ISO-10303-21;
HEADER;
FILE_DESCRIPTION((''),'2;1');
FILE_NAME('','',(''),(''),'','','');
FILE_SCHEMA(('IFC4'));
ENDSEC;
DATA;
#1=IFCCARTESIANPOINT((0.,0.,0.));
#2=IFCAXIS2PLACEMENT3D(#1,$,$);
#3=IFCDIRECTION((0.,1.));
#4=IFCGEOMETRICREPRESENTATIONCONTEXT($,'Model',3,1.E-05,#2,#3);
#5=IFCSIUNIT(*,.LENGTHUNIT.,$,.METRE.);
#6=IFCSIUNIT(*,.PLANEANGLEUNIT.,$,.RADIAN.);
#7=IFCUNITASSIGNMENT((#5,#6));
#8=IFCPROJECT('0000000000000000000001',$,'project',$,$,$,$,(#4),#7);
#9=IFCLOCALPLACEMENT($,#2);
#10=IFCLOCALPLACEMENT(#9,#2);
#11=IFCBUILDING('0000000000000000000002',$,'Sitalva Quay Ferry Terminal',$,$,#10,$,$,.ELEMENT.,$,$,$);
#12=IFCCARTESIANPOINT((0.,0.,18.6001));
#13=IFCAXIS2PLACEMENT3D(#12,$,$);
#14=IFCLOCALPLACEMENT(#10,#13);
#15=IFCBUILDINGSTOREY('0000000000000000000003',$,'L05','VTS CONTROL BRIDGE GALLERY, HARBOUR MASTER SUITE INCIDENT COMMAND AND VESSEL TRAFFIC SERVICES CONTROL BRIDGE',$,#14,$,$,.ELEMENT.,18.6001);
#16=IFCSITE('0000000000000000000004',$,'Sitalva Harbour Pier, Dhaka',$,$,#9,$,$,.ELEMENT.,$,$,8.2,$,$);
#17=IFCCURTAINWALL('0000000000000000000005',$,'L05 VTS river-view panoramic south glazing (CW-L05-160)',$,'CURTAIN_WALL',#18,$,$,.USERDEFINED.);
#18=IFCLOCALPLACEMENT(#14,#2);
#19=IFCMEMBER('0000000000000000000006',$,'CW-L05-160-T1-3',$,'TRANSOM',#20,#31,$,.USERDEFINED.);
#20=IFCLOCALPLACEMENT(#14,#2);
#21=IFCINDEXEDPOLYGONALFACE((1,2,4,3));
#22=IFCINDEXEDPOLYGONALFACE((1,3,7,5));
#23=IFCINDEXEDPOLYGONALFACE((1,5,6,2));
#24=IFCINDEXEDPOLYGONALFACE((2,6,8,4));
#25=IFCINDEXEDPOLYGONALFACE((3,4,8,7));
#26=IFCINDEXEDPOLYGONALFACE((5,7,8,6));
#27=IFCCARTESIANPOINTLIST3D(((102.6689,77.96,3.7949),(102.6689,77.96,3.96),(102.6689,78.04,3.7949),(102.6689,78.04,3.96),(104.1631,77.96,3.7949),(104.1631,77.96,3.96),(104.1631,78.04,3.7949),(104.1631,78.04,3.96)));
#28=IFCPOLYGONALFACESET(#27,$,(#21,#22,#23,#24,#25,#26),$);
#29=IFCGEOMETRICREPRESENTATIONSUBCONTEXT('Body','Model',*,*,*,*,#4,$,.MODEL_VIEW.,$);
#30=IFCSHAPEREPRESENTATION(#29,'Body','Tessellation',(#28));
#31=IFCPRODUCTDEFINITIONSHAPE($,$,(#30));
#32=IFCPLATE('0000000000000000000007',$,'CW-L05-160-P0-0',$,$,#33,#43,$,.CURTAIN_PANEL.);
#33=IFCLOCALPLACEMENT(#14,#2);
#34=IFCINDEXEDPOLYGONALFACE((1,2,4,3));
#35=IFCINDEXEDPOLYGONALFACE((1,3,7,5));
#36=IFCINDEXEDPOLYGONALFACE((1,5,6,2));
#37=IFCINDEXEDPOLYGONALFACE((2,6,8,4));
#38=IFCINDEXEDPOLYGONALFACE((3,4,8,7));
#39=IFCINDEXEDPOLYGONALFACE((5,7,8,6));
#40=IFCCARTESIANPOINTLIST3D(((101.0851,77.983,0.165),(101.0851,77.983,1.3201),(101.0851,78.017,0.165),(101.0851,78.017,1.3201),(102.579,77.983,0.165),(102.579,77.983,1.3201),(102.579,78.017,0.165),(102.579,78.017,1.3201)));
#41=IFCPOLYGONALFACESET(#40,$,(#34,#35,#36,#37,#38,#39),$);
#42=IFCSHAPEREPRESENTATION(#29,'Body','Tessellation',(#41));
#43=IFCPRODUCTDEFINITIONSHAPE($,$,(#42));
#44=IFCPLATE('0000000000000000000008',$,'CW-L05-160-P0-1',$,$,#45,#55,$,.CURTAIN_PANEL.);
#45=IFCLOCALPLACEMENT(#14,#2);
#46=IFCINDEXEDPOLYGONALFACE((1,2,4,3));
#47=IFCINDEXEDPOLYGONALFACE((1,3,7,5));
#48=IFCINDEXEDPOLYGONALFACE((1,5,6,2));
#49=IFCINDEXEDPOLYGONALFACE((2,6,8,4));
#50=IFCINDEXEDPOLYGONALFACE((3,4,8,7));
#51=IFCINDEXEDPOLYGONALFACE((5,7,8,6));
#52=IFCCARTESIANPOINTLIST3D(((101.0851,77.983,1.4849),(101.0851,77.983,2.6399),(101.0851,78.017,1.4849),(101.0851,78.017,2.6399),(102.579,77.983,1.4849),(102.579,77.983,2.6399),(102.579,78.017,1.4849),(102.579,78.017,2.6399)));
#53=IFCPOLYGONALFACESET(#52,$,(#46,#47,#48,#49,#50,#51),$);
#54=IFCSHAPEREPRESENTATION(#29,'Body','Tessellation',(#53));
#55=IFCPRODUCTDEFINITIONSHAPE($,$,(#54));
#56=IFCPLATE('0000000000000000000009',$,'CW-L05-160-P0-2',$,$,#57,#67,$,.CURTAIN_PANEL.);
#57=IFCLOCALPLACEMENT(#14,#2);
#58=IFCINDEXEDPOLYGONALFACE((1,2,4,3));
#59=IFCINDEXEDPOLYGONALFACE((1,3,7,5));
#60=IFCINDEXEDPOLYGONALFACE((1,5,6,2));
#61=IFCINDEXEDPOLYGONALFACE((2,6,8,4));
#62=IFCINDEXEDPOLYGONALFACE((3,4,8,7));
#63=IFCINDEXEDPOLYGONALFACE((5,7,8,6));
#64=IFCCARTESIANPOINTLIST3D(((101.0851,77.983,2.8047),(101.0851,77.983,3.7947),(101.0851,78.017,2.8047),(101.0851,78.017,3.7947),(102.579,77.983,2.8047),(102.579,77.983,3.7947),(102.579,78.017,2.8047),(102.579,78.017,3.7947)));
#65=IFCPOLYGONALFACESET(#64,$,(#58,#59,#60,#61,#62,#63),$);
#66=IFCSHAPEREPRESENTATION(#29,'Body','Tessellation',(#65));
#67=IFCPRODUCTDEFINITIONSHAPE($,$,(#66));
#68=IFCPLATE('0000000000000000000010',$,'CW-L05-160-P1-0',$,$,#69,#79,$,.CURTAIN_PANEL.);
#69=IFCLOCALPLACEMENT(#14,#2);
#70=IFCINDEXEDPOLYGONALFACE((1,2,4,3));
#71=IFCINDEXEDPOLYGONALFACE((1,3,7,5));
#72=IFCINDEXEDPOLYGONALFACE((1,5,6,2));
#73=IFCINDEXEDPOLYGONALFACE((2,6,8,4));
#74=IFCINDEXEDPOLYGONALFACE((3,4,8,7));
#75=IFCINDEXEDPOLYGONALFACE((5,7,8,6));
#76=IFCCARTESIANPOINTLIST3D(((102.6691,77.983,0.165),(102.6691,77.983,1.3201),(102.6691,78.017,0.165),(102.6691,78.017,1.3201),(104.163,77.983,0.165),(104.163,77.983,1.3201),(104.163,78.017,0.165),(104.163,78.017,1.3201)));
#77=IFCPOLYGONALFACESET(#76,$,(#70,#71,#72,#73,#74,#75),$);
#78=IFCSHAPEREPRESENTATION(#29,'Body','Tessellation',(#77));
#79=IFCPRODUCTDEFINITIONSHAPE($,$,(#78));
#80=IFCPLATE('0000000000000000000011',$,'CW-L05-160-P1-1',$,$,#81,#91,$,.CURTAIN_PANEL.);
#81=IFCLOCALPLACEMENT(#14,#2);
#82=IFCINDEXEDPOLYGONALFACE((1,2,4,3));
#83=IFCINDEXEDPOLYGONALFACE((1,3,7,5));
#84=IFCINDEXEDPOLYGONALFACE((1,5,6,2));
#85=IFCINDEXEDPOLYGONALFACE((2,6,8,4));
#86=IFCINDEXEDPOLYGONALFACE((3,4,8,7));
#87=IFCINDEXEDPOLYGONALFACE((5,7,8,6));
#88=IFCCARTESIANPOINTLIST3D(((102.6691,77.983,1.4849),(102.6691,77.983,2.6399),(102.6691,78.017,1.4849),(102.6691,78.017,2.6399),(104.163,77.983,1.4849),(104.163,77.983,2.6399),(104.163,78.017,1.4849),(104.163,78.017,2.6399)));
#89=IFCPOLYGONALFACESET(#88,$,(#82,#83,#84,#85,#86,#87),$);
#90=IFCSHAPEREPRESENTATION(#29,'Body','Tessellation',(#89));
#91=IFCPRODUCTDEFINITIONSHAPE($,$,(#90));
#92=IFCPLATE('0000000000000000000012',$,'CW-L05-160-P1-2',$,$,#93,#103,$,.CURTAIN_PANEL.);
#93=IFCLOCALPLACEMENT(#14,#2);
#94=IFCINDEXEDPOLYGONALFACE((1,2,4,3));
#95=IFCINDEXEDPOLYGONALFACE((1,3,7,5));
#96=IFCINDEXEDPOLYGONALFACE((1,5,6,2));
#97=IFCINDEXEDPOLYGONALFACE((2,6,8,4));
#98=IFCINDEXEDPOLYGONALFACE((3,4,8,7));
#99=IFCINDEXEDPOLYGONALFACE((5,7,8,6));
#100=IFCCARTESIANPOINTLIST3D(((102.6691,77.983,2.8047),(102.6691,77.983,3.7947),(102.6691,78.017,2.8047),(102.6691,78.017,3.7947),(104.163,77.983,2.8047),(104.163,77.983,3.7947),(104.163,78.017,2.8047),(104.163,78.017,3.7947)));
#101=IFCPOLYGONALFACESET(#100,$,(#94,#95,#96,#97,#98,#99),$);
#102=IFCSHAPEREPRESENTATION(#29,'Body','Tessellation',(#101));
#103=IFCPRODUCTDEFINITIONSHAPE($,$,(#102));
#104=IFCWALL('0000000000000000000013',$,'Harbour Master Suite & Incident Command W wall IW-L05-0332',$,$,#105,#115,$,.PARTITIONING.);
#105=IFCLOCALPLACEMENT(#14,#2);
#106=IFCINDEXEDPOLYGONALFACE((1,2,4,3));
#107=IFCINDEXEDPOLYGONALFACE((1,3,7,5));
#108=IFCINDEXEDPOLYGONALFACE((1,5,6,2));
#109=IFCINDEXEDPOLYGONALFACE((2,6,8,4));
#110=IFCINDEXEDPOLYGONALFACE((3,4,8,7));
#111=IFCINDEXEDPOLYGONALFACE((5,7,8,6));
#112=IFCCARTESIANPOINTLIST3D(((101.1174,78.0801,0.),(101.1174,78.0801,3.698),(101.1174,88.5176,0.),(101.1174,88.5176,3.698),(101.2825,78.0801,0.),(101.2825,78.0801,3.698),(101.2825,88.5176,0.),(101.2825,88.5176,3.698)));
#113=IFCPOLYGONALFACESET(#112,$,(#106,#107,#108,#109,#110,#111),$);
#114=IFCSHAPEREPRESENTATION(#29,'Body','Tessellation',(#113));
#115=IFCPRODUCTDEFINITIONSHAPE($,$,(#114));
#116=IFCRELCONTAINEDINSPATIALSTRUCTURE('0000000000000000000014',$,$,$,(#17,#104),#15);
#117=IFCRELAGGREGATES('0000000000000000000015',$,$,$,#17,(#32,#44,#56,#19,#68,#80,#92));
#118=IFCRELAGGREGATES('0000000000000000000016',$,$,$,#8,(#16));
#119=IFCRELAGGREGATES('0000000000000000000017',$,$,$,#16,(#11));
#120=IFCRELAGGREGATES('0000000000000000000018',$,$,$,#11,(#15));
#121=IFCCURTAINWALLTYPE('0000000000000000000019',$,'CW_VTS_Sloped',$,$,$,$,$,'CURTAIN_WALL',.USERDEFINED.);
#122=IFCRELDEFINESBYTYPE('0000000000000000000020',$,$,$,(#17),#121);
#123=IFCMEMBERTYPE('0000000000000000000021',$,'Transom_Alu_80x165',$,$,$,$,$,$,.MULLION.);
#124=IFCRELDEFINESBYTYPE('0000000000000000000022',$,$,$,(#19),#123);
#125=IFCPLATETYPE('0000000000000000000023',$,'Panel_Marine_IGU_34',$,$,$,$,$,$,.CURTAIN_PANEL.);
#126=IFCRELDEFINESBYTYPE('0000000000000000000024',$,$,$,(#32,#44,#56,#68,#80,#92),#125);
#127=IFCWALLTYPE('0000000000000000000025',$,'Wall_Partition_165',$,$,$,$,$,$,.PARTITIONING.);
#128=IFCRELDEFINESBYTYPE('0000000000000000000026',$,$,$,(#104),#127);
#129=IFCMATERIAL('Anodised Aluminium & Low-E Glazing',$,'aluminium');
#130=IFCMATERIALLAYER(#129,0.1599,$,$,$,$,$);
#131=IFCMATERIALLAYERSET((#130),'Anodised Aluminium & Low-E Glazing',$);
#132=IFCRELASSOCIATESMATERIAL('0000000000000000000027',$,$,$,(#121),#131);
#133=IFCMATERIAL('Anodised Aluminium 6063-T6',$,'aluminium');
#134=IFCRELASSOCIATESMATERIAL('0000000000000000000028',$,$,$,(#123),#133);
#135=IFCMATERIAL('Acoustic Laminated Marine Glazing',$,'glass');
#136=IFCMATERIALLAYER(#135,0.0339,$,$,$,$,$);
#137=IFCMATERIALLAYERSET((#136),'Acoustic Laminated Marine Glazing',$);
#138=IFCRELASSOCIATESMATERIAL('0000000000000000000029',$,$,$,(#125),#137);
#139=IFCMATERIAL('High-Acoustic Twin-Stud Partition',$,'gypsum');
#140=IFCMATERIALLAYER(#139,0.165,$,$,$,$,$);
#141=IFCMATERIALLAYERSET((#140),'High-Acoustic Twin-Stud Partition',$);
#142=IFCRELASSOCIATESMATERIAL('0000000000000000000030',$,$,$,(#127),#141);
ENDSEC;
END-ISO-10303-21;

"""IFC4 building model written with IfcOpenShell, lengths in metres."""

from ifc_helpers import new_model, si_unit, direction, frame, frame_2d, origin, origin_2d, place, context, subcontext, project, spatial, rectangle, extrude, material, layer, layer_set, material_profile, profile_set, type_object, element, aggregate, save


model = new_model("IFC4")

# Units and contexts
model_context = context("Model", 3, precision=1e-05, world=origin(), true_north=direction((0.0, 1.0)))
body_context = subcontext(model_context, "Body", "Model", "MODEL_VIEW")
ifc_project = project(units=[si_unit("LENGTHUNIT", "METRE"), si_unit("PLANEANGLEUNIT", "RADIAN")], contexts=[model_context])

# Site, building, storey
site_placement = place(None, origin())
site = spatial("IfcSite", under=ifc_project, at=site_placement, Name="Sitalva Harbour Pier, Dhaka", CompositionType="ELEMENT", RefElevation=8.2)
building_placement = place(site_placement, origin())
building = spatial("IfcBuilding", under=site, at=building_placement, Name="Sitalva Quay Ferry Terminal", CompositionType="ELEMENT")
storey_placement = place(building_placement, frame((0.0, 0.0, 18.6001)))
storey = spatial("IfcBuildingStorey", under=building, at=storey_placement, Name="L05", Description="VTS CONTROL BRIDGE GALLERY, HARBOUR MASTER SUITE INCIDENT COMMAND AND VESSEL TRAFFIC SERVICES CONTROL BRIDGE", CompositionType="ELEMENT", Elevation=18.6001)

# Shared definitions
ifc_material_1 = material(Name="Anodised Aluminium & Low-E Glazing", Category="aluminium")
ifc_layer_1 = layer(ifc_material_1, 0.1599)
ifc_layer_set_1 = layer_set([ifc_layer_1], Name="Anodised Aluminium & Low-E Glazing")
curtain_wall_type = type_object("IfcCurtainWallType", Name="CW_VTS_Sloped", ElementType="CURTAIN_WALL", PredefinedType="USERDEFINED", material=ifc_layer_set_1)

# Curtain wall, member, plates
curtain_wall_1_placement = place(storey_placement, origin())
curtain_wall_1 = element("IfcCurtainWall", 1, at=curtain_wall_1_placement, inside=storey, type_object=curtain_wall_type, Name="L05 VTS river-view panoramic south glazing (CW-L05-160)", ObjectType="CURTAIN_WALL", PredefinedType="USERDEFINED")
ifc_material_2 = material(Name="Anodised Aluminium 6063-T6", Category="aluminium")
ifc_material_profile_1 = material_profile(ifc_material_2, rectangle(XDim=0.0801, YDim=0.165, at=origin_2d()), Name="ALU80x165")
ifc_profile_set_1 = profile_set([ifc_material_profile_1], Name="Anodised Aluminium 6063-T6")
member_type_1 = type_object("IfcMemberType", Name="Transom_Alu_80x165", PredefinedType="MULLION", material=ifc_profile_set_1)
member_1_placement = place(storey_placement, frame((102.6689, 78.0, 3.8774), z_axis=(1.0, 0.0, 0.0), x_axis=(0.0, 1.0, 0.0)))
member_1 = element("IfcMember", 2, at=member_1_placement, type_object=member_type_1, Name="CW-L05-160-T1-3", ObjectType="TRANSOM", PredefinedType="USERDEFINED", context=body_context, shape_type="SweptSolid", body=[
    extrude(rectangle(XDim=0.0801, YDim=0.165, at=origin_2d()), origin(), (0.0, 0.0, 1.0), 1.4941),
])
ifc_material_3 = material(Name="Acoustic Laminated Marine Glazing", Category="glass")
ifc_layer_2 = layer(ifc_material_3, 0.0339)
ifc_layer_set_2 = layer_set([ifc_layer_2], Name="Acoustic Laminated Marine Glazing")
plate_type = type_object("IfcPlateType", Name="Panel_Marine_IGU_34", PredefinedType="CURTAIN_PANEL", material=ifc_layer_set_2)
plate_1_placement = place(storey_placement, frame((101.832, 78.0, 0.165), z_axis=(0.0, 0.0, 1.0), x_axis=(1.0, 0.0, 0.0)))
plate_1 = element("IfcPlate", 3, at=plate_1_placement, type_object=plate_type, Name="CW-L05-160-P0-0", PredefinedType="CURTAIN_PANEL", context=body_context, shape_type="SweptSolid", body=[
    extrude(rectangle(XDim=1.4939, YDim=0.0339, at=origin_2d()), origin(), (0.0, 0.0, 1.0), 1.155),
])
plate_2_placement = place(storey_placement, frame((101.832, 78.0, 1.4849), z_axis=(0.0, 0.0, 1.0), x_axis=(1.0, 0.0, 0.0)))
plate_2 = element("IfcPlate", 4, at=plate_2_placement, type_object=plate_type, Name="CW-L05-160-P0-1", PredefinedType="CURTAIN_PANEL", context=body_context, shape_type="SweptSolid", body=[
    extrude(rectangle(XDim=1.4939, YDim=0.0339, at=origin_2d()), origin(), (0.0, 0.0, 1.0), 1.155),
])
plate_3_placement = place(storey_placement, frame((101.832, 78.0, 2.8047), z_axis=(0.0, 0.0, 1.0), x_axis=(1.0, 0.0, 0.0)))
plate_3 = element("IfcPlate", 5, at=plate_3_placement, type_object=plate_type, Name="CW-L05-160-P0-2", PredefinedType="CURTAIN_PANEL", context=body_context, shape_type="SweptSolid", body=[
    extrude(rectangle(XDim=1.4939, YDim=0.0339, at=origin_2d()), origin(), (0.0, 0.0, 1.0), 0.99),
])
plate_4_placement = place(storey_placement, frame((103.416, 78.0, 0.165), z_axis=(0.0, 0.0, 1.0), x_axis=(1.0, 0.0, 0.0)))
plate_4 = element("IfcPlate", 6, at=plate_4_placement, type_object=plate_type, Name="CW-L05-160-P1-0", PredefinedType="CURTAIN_PANEL", context=body_context, shape_type="SweptSolid", body=[
    extrude(rectangle(XDim=1.4939, YDim=0.0339, at=origin_2d()), origin(), (0.0, 0.0, 1.0), 1.155),
])
plate_5_placement = place(storey_placement, frame((103.416, 78.0, 1.4849), z_axis=(0.0, 0.0, 1.0), x_axis=(1.0, 0.0, 0.0)))
plate_5 = element("IfcPlate", 7, at=plate_5_placement, type_object=plate_type, Name="CW-L05-160-P1-1", PredefinedType="CURTAIN_PANEL", context=body_context, shape_type="SweptSolid", body=[
    extrude(rectangle(XDim=1.4939, YDim=0.0339, at=origin_2d()), origin(), (0.0, 0.0, 1.0), 1.155),
])
plate_6_placement = place(storey_placement, frame((103.416, 78.0, 2.8047), z_axis=(0.0, 0.0, 1.0), x_axis=(1.0, 0.0, 0.0)))
plate_6 = element("IfcPlate", 8, at=plate_6_placement, type_object=plate_type, Name="CW-L05-160-P1-2", PredefinedType="CURTAIN_PANEL", context=body_context, shape_type="SweptSolid", body=[
    extrude(rectangle(XDim=1.4939, YDim=0.0339, at=origin_2d()), origin(), (0.0, 0.0, 1.0), 0.99),
])
aggregate(curtain_wall_1, [plate_1, plate_2, plate_3, member_1, plate_4, plate_5, plate_6])

# Wall
ifc_material_4 = material(Name="High-Acoustic Twin-Stud Partition", Category="gypsum")
ifc_layer_3 = layer(ifc_material_4, 0.165)
ifc_layer_set_3 = layer_set([ifc_layer_3], Name="High-Acoustic Twin-Stud Partition")
wall_type = type_object("IfcWallType", Name="Wall_Partition_165", PredefinedType="PARTITIONING", material=ifc_layer_set_3)
wall_placement = place(storey_placement, frame((101.2, 78.0801, 0.0), z_axis=(0.0, 0.0, 1.0), x_axis=(0.0, 1.0, 0.0)))
element("IfcWall", 9, at=wall_placement, inside=storey, type_object=wall_type, Name="Harbour Master Suite & Incident Command W wall IW-L05-0332", PredefinedType="PARTITIONING", context=body_context, shape_type="SweptSolid", body=[
    extrude(rectangle(XDim=10.4375, YDim=0.165, at=frame_2d((5.2188, 0.0))), origin(), (0.0, 0.0, 1.0), 3.698),
])

save(model, "model.ifc")
